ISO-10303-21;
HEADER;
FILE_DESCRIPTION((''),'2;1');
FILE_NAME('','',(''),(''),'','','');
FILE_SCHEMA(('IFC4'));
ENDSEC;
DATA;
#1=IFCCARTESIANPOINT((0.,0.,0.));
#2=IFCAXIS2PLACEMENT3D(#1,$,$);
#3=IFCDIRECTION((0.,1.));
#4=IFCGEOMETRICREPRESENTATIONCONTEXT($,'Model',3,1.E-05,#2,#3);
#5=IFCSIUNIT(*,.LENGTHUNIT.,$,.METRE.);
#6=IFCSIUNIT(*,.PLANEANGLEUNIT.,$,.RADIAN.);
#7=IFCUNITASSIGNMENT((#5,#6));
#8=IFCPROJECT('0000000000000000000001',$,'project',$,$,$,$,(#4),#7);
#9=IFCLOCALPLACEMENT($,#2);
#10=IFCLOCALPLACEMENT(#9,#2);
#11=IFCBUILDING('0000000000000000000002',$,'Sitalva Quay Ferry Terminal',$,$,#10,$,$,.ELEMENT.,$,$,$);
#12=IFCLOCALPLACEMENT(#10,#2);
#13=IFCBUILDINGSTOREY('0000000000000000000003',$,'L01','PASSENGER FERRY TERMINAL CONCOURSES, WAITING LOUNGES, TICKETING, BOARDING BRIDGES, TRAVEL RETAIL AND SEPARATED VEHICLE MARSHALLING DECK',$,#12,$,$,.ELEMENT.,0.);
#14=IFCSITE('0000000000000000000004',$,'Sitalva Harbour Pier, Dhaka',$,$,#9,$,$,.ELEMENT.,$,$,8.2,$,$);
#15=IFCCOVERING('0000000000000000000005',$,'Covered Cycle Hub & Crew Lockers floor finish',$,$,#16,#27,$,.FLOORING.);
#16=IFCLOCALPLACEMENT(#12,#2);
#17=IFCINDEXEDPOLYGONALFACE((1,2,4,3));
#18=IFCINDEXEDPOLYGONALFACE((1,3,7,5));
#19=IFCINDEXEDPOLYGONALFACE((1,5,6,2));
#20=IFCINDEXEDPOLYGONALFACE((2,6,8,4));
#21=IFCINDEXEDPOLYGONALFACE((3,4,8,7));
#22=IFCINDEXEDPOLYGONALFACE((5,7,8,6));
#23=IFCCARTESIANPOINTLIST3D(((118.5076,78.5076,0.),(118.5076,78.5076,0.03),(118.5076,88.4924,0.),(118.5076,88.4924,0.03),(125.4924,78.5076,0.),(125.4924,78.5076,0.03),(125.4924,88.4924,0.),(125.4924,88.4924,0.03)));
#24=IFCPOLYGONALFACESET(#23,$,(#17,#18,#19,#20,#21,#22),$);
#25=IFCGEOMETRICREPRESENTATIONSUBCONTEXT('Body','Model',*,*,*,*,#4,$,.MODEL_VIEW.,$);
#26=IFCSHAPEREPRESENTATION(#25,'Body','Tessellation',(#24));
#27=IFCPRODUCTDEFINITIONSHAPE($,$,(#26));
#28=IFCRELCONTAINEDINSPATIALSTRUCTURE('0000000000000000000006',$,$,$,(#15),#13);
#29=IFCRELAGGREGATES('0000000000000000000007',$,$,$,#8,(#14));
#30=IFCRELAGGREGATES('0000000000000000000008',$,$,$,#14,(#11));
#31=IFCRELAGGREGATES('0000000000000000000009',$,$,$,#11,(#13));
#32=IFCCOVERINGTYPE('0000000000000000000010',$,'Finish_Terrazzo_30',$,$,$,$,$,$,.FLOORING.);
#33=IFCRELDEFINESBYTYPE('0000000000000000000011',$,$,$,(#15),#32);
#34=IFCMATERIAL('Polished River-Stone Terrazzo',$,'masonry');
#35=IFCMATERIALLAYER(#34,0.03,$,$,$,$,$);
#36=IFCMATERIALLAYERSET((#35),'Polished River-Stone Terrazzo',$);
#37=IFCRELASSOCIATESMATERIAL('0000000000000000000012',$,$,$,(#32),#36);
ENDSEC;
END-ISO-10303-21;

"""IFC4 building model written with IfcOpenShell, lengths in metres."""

from ifc_helpers import new_model, si_unit, direction, origin, place, context, subcontext, project, spatial, polyline, outline, extrude, material, layer, layer_set, type_object, element, save


model = new_model("IFC4")

# Units and contexts
model_context = context("Model", 3, precision=1e-05, world=origin(), true_north=direction((0.0, 1.0)))
body_context = subcontext(model_context, "Body", "Model", "MODEL_VIEW")
ifc_project = project(units=[si_unit("LENGTHUNIT", "METRE"), si_unit("PLANEANGLEUNIT", "RADIAN")], contexts=[model_context])

# Site, building, storey
site_placement = place(None, origin())
site = spatial("IfcSite", under=ifc_project, at=site_placement, Name="Sitalva Harbour Pier, Dhaka", CompositionType="ELEMENT", RefElevation=8.2)
building_placement = place(site_placement, origin())
building = spatial("IfcBuilding", under=site, at=building_placement, Name="Sitalva Quay Ferry Terminal", CompositionType="ELEMENT")
storey_placement = place(building_placement, origin())
storey = spatial("IfcBuildingStorey", under=building, at=storey_placement, Name="L01", Description="PASSENGER FERRY TERMINAL CONCOURSES, WAITING LOUNGES, TICKETING, BOARDING BRIDGES, TRAVEL RETAIL AND SEPARATED VEHICLE MARSHALLING DECK", CompositionType="ELEMENT", Elevation=0.0)

# Covering
ifc_material_1 = material(Name="Polished River-Stone Terrazzo", Category="masonry")
ifc_layer_1 = layer(ifc_material_1, 0.03)
ifc_layer_set_1 = layer_set([ifc_layer_1], Name="Polished River-Stone Terrazzo")
covering_type_1 = type_object("IfcCoveringType", Name="Finish_Terrazzo_30", PredefinedType="FLOORING", material=ifc_layer_set_1)
covering_1_placement = place(storey_placement, origin())
element("IfcCovering", 1, at=covering_1_placement, inside=storey, type_object=covering_type_1, Name="Covered Cycle Hub & Crew Lockers floor finish", PredefinedType="FLOORING", context=body_context, shape_type="SweptSolid", body=[
    extrude(outline(polyline([(118.5076, 78.5076), (125.4924, 78.5076), (125.4924, 88.4924), (118.5076, 88.4924), (118.5076, 78.5076)])), origin(), (0.0, 0.0, 1.0), 0.03),
])

save(model, "model.ifc")
